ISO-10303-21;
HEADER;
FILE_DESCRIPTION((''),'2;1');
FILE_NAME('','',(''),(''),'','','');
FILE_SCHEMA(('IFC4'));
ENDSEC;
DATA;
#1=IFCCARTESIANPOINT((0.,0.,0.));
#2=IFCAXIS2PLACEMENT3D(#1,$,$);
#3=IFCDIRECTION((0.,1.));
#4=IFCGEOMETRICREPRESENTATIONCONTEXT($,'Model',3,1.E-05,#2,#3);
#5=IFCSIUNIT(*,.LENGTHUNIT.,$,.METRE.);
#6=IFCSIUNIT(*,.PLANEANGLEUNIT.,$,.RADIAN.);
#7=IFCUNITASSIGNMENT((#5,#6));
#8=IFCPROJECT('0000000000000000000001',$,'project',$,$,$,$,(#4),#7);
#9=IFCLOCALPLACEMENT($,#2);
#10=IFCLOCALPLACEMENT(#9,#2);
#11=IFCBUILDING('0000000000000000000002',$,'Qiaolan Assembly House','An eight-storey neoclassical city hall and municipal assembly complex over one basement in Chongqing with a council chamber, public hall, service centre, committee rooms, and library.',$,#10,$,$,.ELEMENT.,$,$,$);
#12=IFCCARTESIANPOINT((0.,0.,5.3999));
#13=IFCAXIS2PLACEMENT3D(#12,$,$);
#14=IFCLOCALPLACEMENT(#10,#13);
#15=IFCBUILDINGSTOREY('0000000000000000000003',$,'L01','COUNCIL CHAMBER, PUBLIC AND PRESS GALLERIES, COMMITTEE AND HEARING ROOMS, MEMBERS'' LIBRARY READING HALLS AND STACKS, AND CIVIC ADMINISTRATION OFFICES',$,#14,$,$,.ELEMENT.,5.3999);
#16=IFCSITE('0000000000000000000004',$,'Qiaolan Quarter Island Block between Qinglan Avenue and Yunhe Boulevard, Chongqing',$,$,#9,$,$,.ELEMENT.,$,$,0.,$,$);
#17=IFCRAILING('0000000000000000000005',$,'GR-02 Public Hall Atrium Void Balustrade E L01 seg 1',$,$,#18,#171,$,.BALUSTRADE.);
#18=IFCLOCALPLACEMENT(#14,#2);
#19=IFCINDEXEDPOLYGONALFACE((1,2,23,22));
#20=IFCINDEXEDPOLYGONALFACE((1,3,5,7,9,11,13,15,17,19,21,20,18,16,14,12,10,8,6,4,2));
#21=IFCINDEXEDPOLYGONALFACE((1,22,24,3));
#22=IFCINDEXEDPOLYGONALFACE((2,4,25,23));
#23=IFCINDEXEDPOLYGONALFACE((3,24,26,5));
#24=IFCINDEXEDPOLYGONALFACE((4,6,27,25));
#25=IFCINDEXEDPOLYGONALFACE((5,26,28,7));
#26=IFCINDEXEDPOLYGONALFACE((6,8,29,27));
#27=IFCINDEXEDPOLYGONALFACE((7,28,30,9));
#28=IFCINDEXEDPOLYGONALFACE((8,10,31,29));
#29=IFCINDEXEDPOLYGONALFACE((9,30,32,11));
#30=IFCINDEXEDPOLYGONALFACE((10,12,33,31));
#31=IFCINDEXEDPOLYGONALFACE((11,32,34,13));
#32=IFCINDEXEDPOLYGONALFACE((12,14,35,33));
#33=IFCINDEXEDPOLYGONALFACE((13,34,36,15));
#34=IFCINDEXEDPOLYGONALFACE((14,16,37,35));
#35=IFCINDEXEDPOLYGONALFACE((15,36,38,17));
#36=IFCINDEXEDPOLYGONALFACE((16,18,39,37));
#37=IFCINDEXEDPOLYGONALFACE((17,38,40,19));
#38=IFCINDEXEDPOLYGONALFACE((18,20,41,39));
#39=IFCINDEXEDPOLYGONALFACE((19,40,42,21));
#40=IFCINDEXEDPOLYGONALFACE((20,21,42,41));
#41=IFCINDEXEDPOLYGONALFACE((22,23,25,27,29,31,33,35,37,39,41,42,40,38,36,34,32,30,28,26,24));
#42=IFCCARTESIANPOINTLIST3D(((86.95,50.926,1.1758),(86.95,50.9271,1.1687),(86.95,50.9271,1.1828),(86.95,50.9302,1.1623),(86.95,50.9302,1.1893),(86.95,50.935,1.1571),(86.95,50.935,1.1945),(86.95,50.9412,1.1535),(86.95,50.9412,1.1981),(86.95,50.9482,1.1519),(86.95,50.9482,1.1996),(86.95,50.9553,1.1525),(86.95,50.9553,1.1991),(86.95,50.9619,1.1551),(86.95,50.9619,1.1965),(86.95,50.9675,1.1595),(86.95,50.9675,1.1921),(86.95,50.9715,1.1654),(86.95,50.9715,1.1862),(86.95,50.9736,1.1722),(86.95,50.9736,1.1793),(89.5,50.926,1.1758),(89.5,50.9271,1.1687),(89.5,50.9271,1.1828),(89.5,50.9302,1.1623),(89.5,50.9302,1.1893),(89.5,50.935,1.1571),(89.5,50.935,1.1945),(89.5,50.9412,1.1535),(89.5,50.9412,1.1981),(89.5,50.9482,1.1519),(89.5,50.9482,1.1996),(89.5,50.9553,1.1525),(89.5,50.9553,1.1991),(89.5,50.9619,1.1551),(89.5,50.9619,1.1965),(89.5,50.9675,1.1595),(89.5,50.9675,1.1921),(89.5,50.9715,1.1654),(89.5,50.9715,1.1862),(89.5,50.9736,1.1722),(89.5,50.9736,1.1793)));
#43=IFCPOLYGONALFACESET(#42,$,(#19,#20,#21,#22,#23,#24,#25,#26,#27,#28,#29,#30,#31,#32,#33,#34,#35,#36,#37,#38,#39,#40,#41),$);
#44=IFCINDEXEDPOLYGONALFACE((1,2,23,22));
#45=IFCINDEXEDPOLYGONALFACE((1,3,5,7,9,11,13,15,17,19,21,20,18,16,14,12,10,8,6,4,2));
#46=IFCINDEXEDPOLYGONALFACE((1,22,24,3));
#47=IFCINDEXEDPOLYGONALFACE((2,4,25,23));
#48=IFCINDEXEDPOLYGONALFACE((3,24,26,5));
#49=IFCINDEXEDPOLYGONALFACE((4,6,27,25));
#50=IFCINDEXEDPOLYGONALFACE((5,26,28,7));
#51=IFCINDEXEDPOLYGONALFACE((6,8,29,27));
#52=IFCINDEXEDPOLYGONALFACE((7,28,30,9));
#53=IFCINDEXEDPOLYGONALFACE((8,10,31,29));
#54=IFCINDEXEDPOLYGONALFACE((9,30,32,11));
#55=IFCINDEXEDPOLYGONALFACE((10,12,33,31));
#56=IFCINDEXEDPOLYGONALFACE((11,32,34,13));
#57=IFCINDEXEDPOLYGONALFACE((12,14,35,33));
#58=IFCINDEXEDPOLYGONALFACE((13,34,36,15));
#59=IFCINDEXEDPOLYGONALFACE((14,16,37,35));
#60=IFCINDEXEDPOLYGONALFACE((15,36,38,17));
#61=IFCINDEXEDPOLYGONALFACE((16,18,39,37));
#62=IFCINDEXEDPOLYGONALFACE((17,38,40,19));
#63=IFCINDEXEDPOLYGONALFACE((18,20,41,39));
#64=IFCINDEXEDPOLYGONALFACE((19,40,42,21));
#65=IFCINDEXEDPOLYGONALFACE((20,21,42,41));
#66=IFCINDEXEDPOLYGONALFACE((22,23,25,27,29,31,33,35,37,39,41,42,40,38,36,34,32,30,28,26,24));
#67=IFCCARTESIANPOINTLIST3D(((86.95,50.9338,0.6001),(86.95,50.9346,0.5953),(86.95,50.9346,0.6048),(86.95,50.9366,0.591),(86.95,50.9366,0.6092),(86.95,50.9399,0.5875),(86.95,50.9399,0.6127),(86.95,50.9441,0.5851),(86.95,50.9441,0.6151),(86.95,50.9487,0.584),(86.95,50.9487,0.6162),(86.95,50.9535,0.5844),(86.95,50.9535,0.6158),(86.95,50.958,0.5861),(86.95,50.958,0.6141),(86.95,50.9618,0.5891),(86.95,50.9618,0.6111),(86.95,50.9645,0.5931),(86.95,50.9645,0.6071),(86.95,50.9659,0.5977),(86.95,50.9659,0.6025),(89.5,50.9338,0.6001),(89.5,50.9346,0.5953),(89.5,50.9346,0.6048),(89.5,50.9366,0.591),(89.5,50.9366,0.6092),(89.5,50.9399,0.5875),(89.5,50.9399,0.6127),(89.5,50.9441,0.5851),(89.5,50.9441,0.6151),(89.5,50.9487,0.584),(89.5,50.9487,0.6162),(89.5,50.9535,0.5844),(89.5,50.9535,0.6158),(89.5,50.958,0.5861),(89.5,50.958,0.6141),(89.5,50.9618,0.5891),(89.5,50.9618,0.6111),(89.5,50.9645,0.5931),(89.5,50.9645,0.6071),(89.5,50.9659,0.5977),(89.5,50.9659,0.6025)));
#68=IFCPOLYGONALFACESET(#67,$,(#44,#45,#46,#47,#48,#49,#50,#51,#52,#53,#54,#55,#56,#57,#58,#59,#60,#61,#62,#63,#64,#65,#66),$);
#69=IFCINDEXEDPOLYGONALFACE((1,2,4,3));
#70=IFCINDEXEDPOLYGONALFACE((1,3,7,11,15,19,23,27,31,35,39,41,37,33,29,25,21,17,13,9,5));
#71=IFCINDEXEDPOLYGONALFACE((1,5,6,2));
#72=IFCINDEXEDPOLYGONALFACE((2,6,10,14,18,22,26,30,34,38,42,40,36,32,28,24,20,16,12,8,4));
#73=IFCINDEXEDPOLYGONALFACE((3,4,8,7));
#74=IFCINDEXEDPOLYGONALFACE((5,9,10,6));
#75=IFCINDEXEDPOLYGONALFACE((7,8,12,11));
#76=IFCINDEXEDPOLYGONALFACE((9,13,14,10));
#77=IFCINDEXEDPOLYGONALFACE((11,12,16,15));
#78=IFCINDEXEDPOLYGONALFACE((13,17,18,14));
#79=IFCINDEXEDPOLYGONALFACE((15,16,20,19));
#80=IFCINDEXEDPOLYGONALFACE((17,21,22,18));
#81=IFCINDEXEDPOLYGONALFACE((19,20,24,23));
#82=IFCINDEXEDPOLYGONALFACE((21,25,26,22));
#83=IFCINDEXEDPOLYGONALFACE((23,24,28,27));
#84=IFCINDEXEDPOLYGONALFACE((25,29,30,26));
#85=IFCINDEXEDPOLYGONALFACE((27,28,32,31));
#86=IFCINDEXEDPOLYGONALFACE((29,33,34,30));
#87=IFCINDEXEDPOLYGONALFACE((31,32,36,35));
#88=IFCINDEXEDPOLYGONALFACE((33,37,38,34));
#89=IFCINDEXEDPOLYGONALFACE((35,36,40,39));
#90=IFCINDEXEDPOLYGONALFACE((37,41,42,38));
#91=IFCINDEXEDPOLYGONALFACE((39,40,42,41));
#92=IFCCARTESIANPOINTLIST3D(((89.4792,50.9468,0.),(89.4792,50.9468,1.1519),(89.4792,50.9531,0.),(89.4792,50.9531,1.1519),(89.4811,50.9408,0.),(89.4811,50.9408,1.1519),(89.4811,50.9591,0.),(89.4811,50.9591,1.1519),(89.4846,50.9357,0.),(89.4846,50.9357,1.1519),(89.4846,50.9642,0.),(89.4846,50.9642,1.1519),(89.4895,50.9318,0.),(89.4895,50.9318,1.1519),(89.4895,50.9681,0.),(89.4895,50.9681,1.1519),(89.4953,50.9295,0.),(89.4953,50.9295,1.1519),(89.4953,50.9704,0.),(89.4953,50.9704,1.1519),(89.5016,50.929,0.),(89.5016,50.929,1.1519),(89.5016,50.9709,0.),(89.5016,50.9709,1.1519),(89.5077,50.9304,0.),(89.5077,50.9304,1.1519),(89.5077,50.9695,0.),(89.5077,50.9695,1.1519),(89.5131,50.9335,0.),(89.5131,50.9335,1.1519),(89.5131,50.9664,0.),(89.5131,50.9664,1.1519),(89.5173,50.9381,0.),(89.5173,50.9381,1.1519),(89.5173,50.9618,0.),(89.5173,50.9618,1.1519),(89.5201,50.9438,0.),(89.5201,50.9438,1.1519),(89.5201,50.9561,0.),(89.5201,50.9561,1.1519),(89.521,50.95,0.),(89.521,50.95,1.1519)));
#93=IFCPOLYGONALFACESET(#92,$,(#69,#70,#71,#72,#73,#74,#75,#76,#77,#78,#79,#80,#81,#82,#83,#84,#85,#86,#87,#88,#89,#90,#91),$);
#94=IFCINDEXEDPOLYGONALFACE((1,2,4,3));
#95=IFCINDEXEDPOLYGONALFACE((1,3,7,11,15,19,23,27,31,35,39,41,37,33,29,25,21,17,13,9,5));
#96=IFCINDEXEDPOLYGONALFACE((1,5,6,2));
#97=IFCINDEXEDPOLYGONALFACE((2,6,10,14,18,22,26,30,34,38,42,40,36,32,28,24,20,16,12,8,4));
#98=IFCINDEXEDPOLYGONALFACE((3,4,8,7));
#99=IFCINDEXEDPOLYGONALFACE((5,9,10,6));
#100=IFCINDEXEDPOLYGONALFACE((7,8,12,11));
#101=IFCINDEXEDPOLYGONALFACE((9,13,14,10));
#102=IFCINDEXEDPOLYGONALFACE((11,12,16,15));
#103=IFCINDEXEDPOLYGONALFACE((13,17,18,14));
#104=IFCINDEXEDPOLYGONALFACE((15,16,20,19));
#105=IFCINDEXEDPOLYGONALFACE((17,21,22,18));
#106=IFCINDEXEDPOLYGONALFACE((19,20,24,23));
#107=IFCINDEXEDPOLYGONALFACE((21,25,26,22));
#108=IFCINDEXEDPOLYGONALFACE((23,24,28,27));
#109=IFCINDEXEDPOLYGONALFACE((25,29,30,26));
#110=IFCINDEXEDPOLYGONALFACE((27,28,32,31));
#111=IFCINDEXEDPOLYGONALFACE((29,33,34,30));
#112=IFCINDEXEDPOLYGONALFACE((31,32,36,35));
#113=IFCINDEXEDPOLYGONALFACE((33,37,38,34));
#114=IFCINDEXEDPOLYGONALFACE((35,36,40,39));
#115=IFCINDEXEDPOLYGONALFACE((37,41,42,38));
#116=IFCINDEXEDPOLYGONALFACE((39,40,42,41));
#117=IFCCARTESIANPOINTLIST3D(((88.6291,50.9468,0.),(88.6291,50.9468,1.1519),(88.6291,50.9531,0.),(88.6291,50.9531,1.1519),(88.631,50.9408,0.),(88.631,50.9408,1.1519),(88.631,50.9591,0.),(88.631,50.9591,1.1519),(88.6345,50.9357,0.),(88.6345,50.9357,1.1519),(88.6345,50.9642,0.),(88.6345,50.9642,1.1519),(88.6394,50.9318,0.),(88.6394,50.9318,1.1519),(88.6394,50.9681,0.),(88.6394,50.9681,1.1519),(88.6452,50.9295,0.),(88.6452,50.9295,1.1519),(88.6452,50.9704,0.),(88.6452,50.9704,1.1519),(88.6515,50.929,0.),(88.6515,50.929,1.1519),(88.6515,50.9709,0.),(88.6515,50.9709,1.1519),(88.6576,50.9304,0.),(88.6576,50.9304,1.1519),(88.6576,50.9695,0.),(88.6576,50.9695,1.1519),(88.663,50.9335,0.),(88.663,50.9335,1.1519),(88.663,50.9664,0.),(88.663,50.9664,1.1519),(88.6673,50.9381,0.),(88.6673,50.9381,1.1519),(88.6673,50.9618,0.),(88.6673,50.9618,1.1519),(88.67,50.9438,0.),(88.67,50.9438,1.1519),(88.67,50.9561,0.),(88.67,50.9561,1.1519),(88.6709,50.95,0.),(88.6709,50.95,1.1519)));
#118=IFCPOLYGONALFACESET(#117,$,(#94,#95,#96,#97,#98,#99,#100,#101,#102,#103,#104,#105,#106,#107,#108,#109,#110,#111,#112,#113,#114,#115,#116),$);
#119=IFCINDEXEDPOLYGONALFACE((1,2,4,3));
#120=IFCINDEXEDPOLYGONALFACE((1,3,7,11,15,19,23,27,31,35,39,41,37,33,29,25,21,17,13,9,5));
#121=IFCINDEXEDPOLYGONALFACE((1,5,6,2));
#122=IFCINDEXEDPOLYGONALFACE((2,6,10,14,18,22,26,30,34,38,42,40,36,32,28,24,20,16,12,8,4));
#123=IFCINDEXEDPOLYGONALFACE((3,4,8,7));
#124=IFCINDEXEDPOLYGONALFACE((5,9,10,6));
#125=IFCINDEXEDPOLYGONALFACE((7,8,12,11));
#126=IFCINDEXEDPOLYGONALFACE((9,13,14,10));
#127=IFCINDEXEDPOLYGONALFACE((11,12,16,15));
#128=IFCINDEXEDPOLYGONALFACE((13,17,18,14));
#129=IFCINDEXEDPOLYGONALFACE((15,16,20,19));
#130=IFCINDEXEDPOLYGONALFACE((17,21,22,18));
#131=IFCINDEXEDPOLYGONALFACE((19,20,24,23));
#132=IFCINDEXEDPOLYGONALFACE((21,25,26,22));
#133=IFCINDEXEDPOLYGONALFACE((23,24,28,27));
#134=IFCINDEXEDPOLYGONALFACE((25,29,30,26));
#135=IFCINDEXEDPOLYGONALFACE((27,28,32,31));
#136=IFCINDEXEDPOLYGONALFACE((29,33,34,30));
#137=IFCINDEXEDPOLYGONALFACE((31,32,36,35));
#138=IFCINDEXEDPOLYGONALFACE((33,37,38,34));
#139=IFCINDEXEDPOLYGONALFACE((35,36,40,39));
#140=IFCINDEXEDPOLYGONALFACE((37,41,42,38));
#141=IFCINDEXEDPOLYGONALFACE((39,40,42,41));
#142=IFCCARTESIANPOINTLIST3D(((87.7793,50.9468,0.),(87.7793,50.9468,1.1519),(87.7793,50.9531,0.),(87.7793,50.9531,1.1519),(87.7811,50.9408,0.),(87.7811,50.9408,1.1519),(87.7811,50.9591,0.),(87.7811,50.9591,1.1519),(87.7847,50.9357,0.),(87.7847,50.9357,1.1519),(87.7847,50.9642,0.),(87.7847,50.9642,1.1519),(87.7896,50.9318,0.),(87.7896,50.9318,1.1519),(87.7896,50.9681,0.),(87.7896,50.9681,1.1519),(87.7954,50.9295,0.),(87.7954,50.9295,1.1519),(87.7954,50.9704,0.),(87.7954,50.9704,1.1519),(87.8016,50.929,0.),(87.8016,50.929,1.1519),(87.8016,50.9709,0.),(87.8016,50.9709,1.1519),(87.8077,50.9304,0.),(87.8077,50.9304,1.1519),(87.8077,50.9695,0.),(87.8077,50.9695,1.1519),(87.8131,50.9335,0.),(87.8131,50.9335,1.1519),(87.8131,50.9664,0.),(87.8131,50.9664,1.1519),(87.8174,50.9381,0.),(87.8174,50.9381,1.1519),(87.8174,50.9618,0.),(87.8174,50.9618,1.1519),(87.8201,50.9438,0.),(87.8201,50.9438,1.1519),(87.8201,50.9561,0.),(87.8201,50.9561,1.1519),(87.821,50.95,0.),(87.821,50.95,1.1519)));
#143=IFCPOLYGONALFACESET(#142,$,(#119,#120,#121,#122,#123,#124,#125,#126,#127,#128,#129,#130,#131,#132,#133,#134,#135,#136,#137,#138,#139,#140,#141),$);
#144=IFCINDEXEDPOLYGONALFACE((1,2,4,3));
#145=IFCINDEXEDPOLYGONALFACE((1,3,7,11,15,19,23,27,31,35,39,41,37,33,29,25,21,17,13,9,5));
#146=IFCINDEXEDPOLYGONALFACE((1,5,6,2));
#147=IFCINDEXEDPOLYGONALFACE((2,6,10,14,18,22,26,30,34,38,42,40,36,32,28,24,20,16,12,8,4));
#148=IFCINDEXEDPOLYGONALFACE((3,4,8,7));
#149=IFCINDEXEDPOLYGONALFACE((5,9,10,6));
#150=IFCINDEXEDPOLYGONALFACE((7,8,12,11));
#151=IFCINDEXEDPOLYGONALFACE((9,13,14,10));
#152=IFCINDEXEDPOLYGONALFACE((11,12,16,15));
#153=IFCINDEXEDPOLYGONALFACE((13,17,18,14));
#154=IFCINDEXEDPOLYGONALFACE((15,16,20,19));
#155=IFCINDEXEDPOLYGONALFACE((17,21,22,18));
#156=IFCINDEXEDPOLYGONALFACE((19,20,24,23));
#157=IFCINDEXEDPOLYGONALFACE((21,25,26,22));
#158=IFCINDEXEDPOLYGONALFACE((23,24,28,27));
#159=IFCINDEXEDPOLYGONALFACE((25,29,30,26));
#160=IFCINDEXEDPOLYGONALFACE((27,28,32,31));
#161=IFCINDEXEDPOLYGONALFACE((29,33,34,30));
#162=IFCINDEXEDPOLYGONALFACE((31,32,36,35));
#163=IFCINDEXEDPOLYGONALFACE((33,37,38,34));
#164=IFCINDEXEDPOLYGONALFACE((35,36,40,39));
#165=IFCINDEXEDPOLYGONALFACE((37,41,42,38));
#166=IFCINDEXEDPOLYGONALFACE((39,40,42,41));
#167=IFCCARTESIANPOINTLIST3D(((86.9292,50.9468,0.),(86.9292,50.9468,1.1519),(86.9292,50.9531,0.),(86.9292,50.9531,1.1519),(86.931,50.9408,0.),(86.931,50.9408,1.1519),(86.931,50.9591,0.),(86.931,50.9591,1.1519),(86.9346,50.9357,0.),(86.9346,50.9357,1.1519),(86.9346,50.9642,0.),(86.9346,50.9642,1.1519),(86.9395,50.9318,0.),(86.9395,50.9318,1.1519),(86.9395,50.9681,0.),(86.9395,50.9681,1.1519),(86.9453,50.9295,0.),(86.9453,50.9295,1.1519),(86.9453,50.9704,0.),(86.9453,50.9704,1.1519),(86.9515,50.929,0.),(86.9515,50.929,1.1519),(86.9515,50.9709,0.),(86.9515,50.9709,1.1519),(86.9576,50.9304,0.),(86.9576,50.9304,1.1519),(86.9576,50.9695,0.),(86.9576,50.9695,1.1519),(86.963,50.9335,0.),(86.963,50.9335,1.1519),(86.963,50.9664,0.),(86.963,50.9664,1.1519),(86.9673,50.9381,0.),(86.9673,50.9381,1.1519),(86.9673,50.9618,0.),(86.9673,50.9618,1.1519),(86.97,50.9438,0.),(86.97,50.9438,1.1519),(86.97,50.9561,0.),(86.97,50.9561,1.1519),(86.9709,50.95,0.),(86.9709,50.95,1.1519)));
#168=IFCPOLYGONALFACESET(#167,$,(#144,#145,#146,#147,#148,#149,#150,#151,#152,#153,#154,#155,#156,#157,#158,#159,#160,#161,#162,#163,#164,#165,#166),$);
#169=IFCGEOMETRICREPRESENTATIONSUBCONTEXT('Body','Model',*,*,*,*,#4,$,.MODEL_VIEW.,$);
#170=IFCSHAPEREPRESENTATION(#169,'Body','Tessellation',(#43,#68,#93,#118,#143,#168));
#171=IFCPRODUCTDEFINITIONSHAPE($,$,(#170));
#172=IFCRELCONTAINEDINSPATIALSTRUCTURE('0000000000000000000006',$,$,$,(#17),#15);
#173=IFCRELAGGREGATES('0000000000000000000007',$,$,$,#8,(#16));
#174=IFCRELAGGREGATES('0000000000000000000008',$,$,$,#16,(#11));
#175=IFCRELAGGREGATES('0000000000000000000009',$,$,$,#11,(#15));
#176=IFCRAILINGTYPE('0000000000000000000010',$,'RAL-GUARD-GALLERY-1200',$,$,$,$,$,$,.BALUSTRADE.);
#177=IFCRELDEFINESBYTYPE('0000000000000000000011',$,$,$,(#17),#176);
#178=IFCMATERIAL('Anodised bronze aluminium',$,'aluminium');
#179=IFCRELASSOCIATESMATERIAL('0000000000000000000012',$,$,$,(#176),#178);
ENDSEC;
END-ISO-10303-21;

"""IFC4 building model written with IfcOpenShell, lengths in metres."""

from ifc_helpers import new_model, si_unit, direction, frame, origin, origin_2d, place, context, subcontext, project, spatial, circle, extrude, material, type_object, element, save


model = new_model("IFC4")

# Units and contexts
model_context = context("Model", 3, precision=1e-05, world=origin(), true_north=direction((0.0, 1.0)))
body_context = subcontext(model_context, "Body", "Model", "MODEL_VIEW")
ifc_project = project(units=[si_unit("LENGTHUNIT", "METRE"), si_unit("PLANEANGLEUNIT", "RADIAN")], contexts=[model_context])

# Site, building, storey
site_placement = place(None, origin())
site = spatial("IfcSite", under=ifc_project, at=site_placement, Name="Qiaolan Quarter Island Block between Qinglan Avenue and Yunhe Boulevard, Chongqing", CompositionType="ELEMENT", RefElevation=0.0)
building_placement = place(site_placement, origin())
building = spatial("IfcBuilding", under=site, at=building_placement, Name="Qiaolan Assembly House", Description="An eight-storey neoclassical city hall and municipal assembly complex over one basement in Chongqing with a council chamber, public hall, service centre, committee rooms, and library.", CompositionType="ELEMENT")
storey_placement = place(building_placement, frame((0.0, 0.0, 5.3999)))
storey = spatial("IfcBuildingStorey", under=building, at=storey_placement, Name="L01", Description="COUNCIL CHAMBER, PUBLIC AND PRESS GALLERIES, COMMITTEE AND HEARING ROOMS, MEMBERS' LIBRARY READING HALLS AND STACKS, AND CIVIC ADMINISTRATION OFFICES", CompositionType="ELEMENT", Elevation=5.3999)

# Shared definitions
ifc_material_1 = material(Name="Anodised bronze aluminium", Category="aluminium")

# Railing
railing_type = type_object("IfcRailingType", Name="RAL-GUARD-GALLERY-1200", PredefinedType="BALUSTRADE", material=ifc_material_1)
railing_1_placement = place(storey_placement, frame((89.5, 50.95, 0.0)))
element("IfcRailing", 1, at=railing_1_placement, inside=storey, type_object=railing_type, Name="GR-02 Public Hall Atrium Void Balustrade E L01 seg 1", PredefinedType="BALUSTRADE", context=body_context, shape_type="SweptSolid", body=[
    extrude(circle(Radius=0.0239, at=origin_2d()), frame((0.0, 0.0, 1.1758), z_axis=(-1.0, 0.0, 0.0), x_axis=(0.0, -1.0, 0.0)), (0.0, 0.0, 1.0), 2.55),
    extrude(circle(Radius=0.0161, at=origin_2d()), frame((0.0, 0.0, 0.6001), z_axis=(-1.0, 0.0, 0.0), x_axis=(0.0, -1.0, 0.0)), (0.0, 0.0, 1.0), 2.55),
    extrude(circle(Radius=0.021, at=origin_2d()), origin(), (0.0, 0.0, 1.0), 1.1519),
    extrude(circle(Radius=0.021, at=origin_2d()), frame((-0.8501, 0.0, 0.0)), (0.0, 0.0, 1.0), 1.1519),
    extrude(circle(Radius=0.021, at=origin_2d()), frame((-1.7, 0.0, 0.0)), (0.0, 0.0, 1.0), 1.1519),
    extrude(circle(Radius=0.021, at=origin_2d()), frame((-2.55, 0.0, 0.0)), (0.0, 0.0, 1.0), 1.1519),
])

save(model, "model.ifc")
